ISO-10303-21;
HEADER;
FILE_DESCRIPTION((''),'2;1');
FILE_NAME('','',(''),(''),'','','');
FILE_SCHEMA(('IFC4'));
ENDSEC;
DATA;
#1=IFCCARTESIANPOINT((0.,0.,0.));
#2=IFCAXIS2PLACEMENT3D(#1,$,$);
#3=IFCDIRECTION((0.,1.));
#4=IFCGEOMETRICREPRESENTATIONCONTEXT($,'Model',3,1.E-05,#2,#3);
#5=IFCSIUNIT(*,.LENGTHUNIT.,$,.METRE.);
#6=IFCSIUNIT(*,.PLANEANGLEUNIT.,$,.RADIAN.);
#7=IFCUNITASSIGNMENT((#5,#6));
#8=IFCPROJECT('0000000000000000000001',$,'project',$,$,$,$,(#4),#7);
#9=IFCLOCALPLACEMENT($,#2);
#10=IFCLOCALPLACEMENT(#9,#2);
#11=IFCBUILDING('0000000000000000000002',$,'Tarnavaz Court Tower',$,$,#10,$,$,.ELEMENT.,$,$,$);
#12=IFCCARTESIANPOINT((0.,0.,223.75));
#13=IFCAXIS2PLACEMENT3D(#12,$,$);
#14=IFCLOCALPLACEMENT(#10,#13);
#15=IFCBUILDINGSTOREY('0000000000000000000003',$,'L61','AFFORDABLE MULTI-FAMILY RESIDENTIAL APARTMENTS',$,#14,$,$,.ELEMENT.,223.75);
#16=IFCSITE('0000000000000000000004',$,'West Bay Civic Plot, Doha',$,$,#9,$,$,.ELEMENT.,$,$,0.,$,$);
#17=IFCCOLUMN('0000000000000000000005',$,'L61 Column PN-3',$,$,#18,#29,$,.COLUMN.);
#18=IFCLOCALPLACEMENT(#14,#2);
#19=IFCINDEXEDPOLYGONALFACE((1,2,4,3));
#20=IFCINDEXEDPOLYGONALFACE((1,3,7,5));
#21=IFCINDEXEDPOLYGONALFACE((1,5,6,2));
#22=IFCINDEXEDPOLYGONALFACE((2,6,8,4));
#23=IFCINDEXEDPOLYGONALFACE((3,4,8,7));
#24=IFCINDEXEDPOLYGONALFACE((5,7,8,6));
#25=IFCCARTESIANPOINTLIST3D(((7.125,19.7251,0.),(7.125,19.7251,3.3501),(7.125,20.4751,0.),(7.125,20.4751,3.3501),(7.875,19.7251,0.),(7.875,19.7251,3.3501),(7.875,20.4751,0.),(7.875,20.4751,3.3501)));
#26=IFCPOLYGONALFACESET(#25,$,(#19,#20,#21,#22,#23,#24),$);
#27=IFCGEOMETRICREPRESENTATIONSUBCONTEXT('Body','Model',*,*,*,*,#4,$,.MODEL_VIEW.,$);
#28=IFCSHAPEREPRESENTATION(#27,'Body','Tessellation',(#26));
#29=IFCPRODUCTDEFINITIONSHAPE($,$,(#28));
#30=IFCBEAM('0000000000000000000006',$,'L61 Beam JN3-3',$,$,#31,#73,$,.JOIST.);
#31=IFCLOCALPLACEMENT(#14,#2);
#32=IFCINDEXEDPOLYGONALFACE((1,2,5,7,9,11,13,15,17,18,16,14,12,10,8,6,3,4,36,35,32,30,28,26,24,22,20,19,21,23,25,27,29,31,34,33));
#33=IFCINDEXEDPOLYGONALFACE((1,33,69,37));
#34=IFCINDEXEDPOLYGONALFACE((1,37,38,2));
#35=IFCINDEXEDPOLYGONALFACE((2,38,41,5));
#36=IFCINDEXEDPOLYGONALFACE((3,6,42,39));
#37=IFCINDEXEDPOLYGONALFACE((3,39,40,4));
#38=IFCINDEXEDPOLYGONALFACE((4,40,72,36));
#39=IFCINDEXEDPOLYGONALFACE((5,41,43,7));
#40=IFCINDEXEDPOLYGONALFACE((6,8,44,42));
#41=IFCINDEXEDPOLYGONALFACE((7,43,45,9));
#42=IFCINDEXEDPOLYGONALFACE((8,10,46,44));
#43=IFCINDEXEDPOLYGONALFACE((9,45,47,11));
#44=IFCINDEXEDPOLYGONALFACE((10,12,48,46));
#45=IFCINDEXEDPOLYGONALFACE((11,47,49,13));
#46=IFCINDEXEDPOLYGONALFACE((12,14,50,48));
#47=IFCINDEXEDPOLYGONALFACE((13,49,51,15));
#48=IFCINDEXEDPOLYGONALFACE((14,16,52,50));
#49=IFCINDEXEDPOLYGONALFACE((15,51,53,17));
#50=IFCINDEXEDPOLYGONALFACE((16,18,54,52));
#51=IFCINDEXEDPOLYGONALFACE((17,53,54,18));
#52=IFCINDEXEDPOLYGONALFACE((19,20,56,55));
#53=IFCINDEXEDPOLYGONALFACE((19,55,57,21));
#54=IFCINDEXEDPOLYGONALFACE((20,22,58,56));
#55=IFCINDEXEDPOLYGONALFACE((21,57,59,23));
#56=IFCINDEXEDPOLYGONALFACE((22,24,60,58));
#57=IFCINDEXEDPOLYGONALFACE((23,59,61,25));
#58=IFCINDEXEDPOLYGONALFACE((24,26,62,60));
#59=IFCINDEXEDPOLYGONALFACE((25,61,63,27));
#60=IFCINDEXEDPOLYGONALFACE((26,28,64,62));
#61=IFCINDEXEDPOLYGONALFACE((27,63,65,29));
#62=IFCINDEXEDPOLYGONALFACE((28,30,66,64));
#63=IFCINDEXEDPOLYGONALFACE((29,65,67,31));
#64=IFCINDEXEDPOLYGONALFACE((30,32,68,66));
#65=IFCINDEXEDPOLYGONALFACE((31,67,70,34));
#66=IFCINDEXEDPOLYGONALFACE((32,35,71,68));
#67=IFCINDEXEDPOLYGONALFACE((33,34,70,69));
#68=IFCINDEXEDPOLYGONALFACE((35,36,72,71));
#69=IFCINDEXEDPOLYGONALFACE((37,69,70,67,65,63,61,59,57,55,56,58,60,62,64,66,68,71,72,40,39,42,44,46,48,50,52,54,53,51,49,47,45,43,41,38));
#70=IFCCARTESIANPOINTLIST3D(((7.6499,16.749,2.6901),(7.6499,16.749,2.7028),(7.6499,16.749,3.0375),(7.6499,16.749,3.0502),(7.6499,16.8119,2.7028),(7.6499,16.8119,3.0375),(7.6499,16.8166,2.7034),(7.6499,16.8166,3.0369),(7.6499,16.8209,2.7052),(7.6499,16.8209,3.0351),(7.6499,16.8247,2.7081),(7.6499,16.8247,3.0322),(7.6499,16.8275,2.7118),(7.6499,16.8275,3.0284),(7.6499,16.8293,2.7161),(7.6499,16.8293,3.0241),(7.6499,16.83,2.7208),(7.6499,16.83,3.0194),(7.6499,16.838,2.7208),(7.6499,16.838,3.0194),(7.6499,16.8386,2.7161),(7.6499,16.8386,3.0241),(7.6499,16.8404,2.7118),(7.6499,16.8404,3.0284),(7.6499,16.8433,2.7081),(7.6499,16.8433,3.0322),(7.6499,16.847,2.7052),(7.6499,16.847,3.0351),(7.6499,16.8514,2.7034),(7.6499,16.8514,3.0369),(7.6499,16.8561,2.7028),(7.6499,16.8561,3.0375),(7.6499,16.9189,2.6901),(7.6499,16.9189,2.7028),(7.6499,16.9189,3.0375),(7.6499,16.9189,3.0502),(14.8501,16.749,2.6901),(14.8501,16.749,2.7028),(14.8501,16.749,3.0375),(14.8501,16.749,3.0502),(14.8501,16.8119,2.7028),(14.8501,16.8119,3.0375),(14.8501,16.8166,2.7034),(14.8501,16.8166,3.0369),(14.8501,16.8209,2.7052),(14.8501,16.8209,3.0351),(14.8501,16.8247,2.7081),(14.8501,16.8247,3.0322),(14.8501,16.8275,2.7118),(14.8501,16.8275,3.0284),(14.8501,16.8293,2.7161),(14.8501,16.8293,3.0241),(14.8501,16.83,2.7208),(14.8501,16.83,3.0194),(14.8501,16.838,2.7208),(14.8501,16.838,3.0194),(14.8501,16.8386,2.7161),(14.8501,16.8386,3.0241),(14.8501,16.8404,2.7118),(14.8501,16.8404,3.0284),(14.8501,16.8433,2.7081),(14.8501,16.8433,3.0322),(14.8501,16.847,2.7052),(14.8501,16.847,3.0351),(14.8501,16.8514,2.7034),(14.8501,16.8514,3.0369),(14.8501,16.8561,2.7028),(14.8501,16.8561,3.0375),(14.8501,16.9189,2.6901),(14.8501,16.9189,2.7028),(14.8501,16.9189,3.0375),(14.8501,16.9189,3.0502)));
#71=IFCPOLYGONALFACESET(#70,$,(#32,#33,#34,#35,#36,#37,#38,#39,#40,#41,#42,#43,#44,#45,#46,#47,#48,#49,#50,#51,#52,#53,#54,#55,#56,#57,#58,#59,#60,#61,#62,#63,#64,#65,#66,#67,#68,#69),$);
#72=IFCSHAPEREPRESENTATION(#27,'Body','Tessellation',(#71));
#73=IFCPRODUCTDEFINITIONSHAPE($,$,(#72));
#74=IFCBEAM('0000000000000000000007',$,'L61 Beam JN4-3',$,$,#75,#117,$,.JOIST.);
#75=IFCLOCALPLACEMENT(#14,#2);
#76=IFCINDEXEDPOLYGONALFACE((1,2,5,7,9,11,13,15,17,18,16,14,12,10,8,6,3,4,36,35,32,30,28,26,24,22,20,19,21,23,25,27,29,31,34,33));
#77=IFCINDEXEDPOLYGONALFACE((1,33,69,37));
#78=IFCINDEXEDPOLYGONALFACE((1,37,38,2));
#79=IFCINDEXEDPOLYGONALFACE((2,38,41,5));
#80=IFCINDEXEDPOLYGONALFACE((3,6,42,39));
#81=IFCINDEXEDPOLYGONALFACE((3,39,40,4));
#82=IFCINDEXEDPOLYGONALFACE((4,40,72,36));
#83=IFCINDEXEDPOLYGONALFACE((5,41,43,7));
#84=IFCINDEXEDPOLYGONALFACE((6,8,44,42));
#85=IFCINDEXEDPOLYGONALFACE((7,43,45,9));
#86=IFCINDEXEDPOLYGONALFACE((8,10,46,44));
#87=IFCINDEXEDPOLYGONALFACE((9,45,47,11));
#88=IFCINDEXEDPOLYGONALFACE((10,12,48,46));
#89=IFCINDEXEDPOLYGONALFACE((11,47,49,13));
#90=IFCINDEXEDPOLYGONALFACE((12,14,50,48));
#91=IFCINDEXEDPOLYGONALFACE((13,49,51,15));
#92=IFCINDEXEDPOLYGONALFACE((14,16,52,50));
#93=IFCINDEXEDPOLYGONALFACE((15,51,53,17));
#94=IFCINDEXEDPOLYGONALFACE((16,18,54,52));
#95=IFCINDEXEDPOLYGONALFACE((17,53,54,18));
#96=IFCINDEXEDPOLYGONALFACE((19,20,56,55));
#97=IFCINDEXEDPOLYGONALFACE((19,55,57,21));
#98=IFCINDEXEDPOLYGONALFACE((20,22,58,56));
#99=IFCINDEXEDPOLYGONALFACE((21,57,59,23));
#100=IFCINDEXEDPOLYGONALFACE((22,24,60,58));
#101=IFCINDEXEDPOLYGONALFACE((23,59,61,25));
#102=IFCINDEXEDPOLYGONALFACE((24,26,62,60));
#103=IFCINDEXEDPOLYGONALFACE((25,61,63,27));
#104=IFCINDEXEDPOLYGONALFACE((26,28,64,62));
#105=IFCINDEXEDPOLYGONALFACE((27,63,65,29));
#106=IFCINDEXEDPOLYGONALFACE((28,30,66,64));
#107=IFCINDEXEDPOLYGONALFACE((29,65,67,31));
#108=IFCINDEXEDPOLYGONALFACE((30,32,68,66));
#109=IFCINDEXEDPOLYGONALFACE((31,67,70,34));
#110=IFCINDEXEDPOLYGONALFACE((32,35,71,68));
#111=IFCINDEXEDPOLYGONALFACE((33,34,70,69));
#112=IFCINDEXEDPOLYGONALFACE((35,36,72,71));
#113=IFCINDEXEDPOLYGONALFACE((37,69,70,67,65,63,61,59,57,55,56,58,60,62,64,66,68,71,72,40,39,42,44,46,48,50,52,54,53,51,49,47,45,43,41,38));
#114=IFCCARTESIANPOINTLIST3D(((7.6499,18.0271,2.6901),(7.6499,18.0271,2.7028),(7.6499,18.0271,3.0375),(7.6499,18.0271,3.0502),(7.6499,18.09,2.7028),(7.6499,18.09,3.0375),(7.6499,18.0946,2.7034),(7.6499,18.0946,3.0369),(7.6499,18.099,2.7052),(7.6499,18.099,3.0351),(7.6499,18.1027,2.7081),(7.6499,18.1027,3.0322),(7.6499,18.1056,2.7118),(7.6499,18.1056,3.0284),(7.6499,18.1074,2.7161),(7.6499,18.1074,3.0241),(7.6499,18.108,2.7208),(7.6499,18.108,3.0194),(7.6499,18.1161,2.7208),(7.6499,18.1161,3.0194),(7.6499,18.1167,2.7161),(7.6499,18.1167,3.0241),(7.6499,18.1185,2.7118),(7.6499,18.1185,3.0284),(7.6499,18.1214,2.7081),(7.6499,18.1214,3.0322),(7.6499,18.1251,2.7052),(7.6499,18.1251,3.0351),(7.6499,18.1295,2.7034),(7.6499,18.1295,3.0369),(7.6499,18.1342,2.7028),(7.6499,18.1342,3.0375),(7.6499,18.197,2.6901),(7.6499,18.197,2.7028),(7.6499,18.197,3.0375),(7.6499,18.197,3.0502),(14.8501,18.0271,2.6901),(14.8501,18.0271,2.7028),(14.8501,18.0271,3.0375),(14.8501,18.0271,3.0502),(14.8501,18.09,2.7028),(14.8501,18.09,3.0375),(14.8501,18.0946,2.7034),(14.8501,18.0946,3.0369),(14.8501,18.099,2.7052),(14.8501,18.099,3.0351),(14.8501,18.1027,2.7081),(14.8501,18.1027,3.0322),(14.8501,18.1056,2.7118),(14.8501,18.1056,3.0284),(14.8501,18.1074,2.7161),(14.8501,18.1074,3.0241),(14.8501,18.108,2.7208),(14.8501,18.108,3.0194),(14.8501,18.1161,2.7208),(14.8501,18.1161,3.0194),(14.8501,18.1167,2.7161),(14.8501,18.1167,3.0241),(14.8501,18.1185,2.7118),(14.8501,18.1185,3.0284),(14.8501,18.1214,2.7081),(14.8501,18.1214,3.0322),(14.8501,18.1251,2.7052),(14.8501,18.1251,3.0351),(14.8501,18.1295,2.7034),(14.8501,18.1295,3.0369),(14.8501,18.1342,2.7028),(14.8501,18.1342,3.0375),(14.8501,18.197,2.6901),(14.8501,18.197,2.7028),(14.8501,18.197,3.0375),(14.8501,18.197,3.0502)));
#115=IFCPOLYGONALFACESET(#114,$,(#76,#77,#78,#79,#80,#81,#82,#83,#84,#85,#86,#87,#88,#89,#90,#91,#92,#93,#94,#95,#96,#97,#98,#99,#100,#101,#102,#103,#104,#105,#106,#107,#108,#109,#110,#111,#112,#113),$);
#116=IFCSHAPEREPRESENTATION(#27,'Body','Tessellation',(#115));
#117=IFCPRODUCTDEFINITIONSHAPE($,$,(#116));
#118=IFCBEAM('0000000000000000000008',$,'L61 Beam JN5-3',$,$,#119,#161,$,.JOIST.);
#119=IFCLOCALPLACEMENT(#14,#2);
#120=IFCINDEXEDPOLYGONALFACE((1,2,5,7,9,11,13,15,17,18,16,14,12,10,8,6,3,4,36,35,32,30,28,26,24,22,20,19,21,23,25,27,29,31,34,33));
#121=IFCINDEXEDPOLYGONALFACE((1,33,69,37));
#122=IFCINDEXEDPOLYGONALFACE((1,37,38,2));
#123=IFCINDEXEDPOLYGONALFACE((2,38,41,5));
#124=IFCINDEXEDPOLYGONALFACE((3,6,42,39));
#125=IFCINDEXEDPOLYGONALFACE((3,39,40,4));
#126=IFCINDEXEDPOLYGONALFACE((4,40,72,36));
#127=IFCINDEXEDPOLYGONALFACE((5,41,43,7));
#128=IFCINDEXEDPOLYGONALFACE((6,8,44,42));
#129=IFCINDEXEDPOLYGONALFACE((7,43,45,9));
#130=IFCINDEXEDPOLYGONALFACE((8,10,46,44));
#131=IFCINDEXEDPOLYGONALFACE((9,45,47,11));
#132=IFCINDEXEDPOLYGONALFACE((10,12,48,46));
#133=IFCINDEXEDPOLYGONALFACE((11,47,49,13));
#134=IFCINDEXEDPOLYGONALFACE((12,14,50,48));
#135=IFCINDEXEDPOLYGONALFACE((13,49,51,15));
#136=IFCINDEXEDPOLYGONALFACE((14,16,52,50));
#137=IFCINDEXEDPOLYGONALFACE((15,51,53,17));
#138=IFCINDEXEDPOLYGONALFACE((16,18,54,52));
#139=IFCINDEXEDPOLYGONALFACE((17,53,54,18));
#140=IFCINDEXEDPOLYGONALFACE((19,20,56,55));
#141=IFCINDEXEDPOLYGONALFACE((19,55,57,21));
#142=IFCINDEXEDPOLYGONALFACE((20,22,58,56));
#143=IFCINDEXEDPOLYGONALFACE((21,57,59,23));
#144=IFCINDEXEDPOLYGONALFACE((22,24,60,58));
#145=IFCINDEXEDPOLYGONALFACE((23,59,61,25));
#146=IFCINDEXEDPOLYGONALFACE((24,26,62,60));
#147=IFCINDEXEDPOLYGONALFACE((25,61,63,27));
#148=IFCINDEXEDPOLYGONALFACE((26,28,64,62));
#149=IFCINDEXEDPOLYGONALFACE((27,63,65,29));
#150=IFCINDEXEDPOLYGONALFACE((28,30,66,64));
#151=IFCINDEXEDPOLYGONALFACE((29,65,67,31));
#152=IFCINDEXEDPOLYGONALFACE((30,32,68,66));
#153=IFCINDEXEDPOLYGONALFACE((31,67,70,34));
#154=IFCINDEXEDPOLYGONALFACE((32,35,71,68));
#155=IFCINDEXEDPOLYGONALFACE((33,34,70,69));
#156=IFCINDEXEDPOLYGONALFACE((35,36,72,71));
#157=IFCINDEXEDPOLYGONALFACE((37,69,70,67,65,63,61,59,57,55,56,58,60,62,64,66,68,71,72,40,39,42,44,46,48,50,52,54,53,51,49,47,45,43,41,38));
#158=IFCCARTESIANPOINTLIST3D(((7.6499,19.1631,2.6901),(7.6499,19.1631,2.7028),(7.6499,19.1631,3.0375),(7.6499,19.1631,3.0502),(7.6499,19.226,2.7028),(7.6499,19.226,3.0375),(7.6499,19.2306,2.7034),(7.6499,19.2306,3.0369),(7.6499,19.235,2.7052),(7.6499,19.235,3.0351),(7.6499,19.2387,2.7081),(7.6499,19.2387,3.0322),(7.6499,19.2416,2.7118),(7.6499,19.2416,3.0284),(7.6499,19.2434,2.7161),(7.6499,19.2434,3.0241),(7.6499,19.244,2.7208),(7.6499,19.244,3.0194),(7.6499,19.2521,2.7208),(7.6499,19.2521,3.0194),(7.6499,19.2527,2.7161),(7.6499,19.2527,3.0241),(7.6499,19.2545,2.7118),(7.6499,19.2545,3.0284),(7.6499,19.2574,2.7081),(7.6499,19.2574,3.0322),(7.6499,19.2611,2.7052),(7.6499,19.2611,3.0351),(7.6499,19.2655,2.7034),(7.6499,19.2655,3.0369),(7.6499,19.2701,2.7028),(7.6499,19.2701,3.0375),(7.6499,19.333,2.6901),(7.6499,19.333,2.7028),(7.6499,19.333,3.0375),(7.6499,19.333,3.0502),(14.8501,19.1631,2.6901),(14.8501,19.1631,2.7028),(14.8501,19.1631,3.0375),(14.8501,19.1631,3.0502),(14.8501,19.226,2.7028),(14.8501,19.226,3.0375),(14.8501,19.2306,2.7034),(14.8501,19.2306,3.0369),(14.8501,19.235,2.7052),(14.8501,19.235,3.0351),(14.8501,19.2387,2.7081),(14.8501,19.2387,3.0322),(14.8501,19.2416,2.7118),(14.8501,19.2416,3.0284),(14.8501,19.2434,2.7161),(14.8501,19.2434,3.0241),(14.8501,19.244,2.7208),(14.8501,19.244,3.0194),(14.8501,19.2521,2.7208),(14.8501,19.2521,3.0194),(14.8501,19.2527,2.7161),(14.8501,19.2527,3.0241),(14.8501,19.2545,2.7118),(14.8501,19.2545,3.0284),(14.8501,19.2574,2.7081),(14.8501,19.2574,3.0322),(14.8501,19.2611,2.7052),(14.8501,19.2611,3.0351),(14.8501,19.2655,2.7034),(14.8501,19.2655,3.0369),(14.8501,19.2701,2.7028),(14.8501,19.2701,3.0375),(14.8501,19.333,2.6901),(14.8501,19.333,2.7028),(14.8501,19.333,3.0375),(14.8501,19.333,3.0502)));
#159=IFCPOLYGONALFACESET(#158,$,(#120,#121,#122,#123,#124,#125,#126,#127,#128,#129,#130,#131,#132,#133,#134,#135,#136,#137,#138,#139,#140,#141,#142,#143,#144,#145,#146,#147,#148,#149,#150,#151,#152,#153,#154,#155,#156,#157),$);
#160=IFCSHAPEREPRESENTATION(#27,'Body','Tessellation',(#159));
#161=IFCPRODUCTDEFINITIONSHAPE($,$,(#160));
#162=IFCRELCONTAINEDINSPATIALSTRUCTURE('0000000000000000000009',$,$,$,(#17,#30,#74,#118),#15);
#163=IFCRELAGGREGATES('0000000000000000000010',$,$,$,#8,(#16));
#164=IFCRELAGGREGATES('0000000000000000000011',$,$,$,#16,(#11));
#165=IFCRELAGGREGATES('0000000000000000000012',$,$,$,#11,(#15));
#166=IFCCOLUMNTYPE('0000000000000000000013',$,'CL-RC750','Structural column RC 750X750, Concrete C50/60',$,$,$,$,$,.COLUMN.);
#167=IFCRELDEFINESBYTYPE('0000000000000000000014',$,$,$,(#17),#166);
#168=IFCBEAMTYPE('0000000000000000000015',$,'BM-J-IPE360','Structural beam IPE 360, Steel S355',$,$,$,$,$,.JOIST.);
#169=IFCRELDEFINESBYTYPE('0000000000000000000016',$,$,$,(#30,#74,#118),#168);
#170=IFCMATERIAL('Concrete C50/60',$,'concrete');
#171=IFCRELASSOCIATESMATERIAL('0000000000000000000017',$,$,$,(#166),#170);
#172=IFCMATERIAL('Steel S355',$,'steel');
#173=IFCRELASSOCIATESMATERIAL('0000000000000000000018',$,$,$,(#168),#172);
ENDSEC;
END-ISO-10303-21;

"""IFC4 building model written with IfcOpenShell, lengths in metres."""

from ifc_helpers import new_model, si_unit, direction, frame, origin, origin_2d, place, context, subcontext, project, spatial, rectangle, i_section, extrude, material, material_profile, profile_set, type_object, element, save


model = new_model("IFC4")

# Units and contexts
model_context = context("Model", 3, precision=1e-05, world=origin(), true_north=direction((0.0, 1.0)))
body_context = subcontext(model_context, "Body", "Model", "MODEL_VIEW")
ifc_project = project(units=[si_unit("LENGTHUNIT", "METRE"), si_unit("PLANEANGLEUNIT", "RADIAN")], contexts=[model_context])

# Site, building, storey
site_placement = place(None, origin())
site = spatial("IfcSite", under=ifc_project, at=site_placement, Name="West Bay Civic Plot, Doha", CompositionType="ELEMENT", RefElevation=0.0)
building_placement = place(site_placement, origin())
building = spatial("IfcBuilding", under=site, at=building_placement, Name="Tarnavaz Court Tower", CompositionType="ELEMENT")
storey_placement = place(building_placement, frame((0.0, 0.0, 223.75)))
storey = spatial("IfcBuildingStorey", under=building, at=storey_placement, Name="L61", Description="AFFORDABLE MULTI-FAMILY RESIDENTIAL APARTMENTS", CompositionType="ELEMENT", Elevation=223.75)

# Column
ifc_material_1 = material(Name="Concrete C50/60", Category="concrete")
ifc_material_profile_1 = material_profile(ifc_material_1, rectangle(XDim=0.75, YDim=0.75, at=origin_2d()), Name="RC 750X750")
ifc_profile_set_1 = profile_set([ifc_material_profile_1], Name="Concrete C50/60")
column_type = type_object("IfcColumnType", Name="CL-RC750", Description="Structural column RC 750X750, Concrete C50/60", PredefinedType="COLUMN", material=ifc_profile_set_1)
column_placement = place(storey_placement, frame((7.5, 20.1001, 0.0), z_axis=(0.0, 0.0, 1.0), x_axis=(1.0, 0.0, 0.0)))
element("IfcColumn", 1, at=column_placement, inside=storey, type_object=column_type, Name="L61 Column PN-3", PredefinedType="COLUMN", context=body_context, shape_type="SweptSolid", body=[
    extrude(rectangle(XDim=0.75, YDim=0.75, at=origin_2d()), origin(), (0.0, 0.0, 1.0), 3.3501),
])

# Beams
ifc_material_2 = material(Name="Steel S355", Category="steel")
ifc_material_profile_2 = material_profile(ifc_material_2, i_section(OverallWidth=0.1699, OverallDepth=0.3601, WebThickness=0.0081, FlangeThickness=0.0127, FilletRadius=0.0181, at=origin_2d()), Name="IPE 360")
ifc_profile_set_2 = profile_set([ifc_material_profile_2], Name="Steel S355")
beam_type_1 = type_object("IfcBeamType", Name="BM-J-IPE360", Description="Structural beam IPE 360, Steel S355", PredefinedType="JOIST", material=ifc_profile_set_2)
for number, where, z_axis, x_axis, name in (
    (2, (7.6499, 16.834, 2.8701), (1.0, 0.0, 0.0), (0.0, 1.0, 0.0), "L61 Beam JN3-3"),
    (3, (7.6499, 18.1121, 2.8701), (1.0, 0.0, 0.0), (0.0, 1.0, 0.0), "L61 Beam JN4-3"),
    (4, (7.6499, 19.248, 2.8701), (1.0, 0.0, 0.0), (0.0, 1.0, 0.0), "L61 Beam JN5-3"),
):
    element("IfcBeam", number, at=place(storey_placement, frame(where, z_axis=z_axis, x_axis=x_axis)), inside=storey, type_object=beam_type_1, Name=name, PredefinedType="JOIST", context=body_context, shape_type="SweptSolid", body=[
        extrude(i_section(OverallWidth=0.1699, OverallDepth=0.3601, WebThickness=0.0081, FlangeThickness=0.0127, FilletRadius=0.0181, at=origin_2d()), origin(), (0.0, 0.0, 1.0), 7.2002),
    ])

save(model, "model.ifc")
